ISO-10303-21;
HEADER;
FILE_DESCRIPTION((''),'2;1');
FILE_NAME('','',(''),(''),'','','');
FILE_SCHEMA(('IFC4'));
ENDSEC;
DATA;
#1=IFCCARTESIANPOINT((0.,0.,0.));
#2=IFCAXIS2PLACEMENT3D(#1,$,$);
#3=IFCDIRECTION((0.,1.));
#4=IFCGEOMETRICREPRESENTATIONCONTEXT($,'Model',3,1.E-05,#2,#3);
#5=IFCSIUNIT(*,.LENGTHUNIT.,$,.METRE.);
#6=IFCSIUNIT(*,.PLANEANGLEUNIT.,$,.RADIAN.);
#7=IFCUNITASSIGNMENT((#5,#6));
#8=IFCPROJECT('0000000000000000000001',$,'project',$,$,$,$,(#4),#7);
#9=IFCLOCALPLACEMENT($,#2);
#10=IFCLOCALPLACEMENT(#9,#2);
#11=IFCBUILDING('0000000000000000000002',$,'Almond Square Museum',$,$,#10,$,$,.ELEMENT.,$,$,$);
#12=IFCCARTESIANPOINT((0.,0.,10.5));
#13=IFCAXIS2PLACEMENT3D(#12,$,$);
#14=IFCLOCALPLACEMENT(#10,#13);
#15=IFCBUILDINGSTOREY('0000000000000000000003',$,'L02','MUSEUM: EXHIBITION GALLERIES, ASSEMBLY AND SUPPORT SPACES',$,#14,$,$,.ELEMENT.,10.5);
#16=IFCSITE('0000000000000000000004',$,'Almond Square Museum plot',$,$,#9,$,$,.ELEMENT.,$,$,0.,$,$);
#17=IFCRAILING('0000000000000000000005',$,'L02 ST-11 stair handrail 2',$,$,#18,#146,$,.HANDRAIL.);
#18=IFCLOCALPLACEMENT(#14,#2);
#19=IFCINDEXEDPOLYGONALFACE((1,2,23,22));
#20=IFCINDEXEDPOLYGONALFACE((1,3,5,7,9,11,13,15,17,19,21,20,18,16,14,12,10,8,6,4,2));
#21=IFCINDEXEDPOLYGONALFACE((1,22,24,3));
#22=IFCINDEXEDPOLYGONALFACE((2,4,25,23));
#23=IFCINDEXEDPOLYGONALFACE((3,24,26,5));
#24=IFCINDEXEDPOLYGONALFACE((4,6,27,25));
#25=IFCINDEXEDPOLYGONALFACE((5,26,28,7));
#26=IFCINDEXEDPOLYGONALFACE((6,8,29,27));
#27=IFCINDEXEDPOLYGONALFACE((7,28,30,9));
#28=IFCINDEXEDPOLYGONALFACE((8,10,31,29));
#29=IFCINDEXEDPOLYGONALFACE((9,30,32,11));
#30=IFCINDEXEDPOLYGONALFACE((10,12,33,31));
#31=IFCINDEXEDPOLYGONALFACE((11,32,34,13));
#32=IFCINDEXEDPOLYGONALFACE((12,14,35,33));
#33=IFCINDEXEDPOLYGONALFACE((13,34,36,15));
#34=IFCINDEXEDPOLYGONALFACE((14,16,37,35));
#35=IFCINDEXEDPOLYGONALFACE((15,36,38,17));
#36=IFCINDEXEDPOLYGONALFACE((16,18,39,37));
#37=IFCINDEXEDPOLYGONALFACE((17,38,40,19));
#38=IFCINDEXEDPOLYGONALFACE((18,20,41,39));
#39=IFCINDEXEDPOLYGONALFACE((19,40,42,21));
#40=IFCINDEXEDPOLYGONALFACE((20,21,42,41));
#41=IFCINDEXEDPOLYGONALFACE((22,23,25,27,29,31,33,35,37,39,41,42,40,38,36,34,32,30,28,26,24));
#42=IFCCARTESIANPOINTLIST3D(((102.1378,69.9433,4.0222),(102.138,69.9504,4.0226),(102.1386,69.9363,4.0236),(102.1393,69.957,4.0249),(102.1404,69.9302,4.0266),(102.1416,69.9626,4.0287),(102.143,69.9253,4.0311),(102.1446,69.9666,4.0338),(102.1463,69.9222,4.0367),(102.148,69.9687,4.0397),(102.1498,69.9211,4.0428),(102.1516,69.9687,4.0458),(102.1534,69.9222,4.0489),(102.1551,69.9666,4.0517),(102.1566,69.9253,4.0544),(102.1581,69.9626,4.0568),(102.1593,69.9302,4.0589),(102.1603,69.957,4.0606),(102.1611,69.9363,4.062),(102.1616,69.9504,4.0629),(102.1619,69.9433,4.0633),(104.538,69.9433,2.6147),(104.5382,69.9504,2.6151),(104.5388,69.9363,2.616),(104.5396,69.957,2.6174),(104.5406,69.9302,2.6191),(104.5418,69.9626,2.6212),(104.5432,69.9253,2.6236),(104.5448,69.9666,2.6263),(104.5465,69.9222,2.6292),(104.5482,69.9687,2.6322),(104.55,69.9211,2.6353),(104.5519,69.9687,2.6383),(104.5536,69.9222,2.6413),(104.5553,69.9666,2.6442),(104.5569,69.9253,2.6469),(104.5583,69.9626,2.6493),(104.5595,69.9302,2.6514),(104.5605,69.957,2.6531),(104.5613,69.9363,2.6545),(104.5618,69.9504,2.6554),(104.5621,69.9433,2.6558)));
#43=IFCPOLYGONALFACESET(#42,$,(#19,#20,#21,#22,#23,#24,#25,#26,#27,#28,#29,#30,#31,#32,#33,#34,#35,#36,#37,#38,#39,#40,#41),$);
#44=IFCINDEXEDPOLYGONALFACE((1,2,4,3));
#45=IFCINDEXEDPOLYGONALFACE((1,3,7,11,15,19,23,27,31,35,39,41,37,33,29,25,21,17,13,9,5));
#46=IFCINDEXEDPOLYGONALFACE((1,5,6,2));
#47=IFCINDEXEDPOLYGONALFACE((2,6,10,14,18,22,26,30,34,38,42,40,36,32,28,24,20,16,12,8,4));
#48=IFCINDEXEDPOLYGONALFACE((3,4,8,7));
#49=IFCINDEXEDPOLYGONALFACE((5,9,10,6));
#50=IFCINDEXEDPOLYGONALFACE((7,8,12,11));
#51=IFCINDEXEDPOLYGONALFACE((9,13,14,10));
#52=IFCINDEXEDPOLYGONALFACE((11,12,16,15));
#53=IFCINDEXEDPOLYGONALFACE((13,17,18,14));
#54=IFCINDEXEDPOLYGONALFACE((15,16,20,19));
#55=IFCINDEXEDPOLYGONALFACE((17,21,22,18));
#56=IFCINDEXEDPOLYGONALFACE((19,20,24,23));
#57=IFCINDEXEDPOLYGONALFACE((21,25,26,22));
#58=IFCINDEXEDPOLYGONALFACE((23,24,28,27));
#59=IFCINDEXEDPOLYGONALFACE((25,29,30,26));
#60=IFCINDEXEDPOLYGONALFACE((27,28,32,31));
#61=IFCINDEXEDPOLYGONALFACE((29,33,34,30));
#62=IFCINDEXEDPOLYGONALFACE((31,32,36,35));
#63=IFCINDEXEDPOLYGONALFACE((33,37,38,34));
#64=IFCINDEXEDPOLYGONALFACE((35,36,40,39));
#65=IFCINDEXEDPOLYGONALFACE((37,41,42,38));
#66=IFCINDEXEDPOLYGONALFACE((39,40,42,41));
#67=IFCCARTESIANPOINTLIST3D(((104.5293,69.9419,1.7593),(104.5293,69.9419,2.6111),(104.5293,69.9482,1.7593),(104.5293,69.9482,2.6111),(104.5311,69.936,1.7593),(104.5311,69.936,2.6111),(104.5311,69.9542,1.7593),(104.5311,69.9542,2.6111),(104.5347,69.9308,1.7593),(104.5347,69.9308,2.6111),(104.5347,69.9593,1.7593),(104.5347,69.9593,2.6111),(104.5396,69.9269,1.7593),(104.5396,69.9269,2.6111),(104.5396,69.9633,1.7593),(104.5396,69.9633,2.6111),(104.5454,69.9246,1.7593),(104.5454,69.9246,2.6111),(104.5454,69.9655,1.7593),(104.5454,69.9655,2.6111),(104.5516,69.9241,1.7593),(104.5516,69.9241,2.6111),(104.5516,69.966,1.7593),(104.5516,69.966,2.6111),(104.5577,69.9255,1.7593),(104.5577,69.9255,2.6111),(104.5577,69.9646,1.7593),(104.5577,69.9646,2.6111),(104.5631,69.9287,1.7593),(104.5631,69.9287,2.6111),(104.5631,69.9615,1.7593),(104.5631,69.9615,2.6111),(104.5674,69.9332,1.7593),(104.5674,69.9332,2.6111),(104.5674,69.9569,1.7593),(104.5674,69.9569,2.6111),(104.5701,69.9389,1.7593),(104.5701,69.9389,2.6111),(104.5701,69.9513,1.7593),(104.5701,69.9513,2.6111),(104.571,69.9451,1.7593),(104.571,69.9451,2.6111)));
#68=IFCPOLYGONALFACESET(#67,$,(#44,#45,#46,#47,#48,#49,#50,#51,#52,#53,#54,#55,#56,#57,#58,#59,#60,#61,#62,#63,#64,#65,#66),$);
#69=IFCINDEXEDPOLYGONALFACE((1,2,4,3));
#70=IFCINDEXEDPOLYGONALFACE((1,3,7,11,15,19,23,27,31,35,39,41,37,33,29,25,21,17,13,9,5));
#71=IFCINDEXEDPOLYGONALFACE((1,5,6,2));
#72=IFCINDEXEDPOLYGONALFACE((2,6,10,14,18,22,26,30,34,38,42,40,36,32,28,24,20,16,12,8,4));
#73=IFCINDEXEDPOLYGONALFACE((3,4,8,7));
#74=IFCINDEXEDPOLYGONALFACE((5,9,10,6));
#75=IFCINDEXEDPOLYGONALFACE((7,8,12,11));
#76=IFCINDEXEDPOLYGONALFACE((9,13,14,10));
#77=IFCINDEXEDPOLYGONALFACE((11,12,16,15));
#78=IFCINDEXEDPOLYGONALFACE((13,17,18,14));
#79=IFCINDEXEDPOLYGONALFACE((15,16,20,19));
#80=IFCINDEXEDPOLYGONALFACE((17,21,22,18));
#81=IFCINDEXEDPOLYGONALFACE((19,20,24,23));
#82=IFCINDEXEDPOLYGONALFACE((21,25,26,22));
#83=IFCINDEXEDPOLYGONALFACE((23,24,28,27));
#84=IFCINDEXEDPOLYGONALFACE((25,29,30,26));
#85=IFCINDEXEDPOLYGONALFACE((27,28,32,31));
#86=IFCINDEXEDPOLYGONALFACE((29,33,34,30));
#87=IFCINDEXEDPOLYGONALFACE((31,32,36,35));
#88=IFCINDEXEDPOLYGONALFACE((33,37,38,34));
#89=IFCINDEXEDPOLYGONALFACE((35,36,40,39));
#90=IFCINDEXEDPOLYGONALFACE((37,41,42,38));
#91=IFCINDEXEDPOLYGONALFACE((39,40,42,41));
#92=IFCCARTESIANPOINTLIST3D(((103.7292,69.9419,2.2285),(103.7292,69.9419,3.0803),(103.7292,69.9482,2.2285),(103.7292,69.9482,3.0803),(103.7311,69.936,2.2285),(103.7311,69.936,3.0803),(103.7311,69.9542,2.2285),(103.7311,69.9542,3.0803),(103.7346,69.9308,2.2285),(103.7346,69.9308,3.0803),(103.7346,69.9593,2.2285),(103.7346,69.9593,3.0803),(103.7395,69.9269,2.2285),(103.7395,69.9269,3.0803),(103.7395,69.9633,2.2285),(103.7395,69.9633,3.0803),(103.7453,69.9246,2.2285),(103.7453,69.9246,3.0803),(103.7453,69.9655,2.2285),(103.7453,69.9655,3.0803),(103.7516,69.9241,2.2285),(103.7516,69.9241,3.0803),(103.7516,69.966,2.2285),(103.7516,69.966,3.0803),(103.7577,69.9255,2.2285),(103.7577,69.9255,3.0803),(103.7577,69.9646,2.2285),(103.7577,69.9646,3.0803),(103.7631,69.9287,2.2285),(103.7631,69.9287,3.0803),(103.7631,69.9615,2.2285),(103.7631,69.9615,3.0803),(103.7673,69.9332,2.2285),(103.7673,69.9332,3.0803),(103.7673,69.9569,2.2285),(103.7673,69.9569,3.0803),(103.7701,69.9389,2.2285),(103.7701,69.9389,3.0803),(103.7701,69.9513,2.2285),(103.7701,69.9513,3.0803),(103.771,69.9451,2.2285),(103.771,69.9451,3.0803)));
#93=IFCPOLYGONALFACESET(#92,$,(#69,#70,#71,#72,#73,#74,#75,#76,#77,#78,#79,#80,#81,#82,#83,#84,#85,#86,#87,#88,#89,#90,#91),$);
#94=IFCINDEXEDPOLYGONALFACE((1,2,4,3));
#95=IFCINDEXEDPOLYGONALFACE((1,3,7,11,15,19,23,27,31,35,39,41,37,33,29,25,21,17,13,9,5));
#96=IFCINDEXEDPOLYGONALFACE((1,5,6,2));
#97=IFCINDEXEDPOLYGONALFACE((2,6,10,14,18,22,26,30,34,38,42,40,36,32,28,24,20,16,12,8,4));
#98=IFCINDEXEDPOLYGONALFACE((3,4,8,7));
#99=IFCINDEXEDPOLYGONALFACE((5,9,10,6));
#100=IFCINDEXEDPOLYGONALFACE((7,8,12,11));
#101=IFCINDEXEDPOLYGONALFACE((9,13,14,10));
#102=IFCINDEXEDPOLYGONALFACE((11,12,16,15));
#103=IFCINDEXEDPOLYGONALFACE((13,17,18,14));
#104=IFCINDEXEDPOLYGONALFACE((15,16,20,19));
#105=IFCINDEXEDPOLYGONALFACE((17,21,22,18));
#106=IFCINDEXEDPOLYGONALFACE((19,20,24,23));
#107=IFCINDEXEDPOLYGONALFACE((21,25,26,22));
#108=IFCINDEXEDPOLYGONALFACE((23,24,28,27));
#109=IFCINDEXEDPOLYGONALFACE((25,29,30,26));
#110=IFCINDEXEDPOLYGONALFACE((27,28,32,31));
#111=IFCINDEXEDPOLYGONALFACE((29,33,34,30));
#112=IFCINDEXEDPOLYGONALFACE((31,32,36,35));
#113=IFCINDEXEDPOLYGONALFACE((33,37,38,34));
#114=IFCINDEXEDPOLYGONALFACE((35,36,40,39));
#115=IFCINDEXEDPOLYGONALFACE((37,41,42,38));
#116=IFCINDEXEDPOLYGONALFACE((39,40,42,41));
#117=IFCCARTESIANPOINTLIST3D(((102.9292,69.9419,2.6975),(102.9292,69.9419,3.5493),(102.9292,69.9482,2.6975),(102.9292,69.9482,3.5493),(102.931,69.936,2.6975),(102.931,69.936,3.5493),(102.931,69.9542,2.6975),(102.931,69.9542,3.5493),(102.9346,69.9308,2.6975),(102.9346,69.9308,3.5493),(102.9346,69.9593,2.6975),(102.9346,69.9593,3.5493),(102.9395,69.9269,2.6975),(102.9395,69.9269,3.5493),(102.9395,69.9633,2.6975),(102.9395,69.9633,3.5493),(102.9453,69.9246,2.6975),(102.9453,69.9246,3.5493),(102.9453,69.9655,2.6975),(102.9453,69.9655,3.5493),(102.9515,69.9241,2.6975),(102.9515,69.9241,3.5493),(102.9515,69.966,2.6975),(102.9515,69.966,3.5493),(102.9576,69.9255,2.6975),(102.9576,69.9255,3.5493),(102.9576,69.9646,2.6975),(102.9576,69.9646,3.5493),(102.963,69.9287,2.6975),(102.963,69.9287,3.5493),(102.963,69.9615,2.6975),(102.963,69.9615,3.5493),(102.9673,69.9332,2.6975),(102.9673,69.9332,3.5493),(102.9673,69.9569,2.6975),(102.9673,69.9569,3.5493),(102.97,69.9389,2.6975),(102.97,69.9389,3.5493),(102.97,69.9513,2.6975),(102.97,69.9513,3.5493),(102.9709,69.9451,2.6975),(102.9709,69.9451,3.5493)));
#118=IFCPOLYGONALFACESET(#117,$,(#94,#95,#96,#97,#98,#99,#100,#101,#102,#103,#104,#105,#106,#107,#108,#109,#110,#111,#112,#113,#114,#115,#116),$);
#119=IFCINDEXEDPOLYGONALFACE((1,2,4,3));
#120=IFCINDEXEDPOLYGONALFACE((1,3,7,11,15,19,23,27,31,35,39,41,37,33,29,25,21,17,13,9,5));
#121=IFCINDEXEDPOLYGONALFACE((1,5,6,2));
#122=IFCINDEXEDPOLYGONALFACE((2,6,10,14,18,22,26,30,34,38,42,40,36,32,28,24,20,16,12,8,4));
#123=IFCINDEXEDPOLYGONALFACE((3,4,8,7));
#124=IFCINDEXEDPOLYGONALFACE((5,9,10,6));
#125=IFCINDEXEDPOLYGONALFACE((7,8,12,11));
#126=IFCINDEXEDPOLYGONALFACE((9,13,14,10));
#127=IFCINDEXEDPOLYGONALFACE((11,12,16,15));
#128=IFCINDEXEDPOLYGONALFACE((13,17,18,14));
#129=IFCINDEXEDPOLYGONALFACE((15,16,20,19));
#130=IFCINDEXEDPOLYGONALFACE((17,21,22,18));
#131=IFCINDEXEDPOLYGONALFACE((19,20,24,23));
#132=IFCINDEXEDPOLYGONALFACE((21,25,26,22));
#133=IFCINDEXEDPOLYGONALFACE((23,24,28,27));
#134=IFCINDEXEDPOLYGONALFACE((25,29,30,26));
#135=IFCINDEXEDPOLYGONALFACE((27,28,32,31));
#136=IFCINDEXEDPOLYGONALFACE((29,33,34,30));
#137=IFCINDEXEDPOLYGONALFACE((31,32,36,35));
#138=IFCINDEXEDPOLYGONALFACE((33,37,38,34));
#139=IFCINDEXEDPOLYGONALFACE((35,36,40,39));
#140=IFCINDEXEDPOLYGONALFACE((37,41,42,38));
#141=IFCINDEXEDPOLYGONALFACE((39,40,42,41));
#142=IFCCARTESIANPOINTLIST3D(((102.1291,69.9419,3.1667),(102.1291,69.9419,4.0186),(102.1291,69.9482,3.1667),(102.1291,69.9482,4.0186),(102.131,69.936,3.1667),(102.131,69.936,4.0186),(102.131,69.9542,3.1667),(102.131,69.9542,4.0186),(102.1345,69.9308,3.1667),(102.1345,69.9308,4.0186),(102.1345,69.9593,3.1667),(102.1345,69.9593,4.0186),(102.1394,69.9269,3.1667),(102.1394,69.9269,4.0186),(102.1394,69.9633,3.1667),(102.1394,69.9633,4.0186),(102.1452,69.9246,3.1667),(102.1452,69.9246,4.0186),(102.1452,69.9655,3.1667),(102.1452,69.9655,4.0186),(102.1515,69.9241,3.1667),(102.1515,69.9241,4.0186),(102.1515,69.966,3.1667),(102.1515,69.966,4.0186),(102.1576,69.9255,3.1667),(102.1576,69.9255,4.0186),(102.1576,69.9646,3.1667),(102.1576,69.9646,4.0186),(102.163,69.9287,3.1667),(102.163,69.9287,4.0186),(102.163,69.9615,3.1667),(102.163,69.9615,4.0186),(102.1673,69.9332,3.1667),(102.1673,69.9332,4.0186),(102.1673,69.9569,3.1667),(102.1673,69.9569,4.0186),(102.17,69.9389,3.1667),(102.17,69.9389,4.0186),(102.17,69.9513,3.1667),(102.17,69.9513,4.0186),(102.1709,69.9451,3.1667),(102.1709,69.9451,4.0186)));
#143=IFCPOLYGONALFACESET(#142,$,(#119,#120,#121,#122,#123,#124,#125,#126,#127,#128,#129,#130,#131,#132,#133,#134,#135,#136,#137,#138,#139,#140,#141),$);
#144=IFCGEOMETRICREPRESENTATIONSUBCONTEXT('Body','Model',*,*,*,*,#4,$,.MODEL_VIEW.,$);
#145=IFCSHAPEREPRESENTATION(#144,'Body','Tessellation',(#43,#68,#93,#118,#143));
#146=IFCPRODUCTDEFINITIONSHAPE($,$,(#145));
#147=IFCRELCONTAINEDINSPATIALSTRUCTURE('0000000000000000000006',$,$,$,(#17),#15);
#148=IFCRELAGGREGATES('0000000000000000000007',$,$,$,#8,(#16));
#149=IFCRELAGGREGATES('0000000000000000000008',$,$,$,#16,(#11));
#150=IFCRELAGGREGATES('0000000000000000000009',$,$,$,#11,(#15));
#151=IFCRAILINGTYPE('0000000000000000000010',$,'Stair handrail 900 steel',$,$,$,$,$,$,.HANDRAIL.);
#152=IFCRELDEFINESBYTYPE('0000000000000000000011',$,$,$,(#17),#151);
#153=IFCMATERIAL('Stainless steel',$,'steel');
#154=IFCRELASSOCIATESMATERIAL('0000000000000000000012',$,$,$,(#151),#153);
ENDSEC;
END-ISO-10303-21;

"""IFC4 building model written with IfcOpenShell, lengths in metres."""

from ifc_helpers import new_model, si_unit, direction, frame, origin, origin_2d, place, context, subcontext, project, spatial, circle, extrude, material, type_object, element, save


model = new_model("IFC4")

# Units and contexts
model_context = context("Model", 3, precision=1e-05, world=origin(), true_north=direction((0.0, 1.0)))
body_context = subcontext(model_context, "Body", "Model", "MODEL_VIEW")
ifc_project = project(units=[si_unit("LENGTHUNIT", "METRE"), si_unit("PLANEANGLEUNIT", "RADIAN")], contexts=[model_context])

# Site, building, storey
site_placement = place(None, origin())
site = spatial("IfcSite", under=ifc_project, at=site_placement, Name="Almond Square Museum plot", CompositionType="ELEMENT", RefElevation=0.0)
building_placement = place(site_placement, origin())
building = spatial("IfcBuilding", under=site, at=building_placement, Name="Almond Square Museum", CompositionType="ELEMENT")
storey_placement = place(building_placement, frame((0.0, 0.0, 10.5)))
storey = spatial("IfcBuildingStorey", under=building, at=storey_placement, Name="L02", Description="MUSEUM: EXHIBITION GALLERIES, ASSEMBLY AND SUPPORT SPACES", CompositionType="ELEMENT", Elevation=10.5)

# Railing
ifc_material_1 = material(Name="Stainless steel", Category="steel")
railing_type_1 = type_object("IfcRailingType", Name="Stair handrail 900 steel", PredefinedType="HANDRAIL", material=ifc_material_1)
railing_1_placement = place(storey_placement, frame((104.55, 69.9451, 1.7593)))
element("IfcRailing", 1, at=railing_1_placement, inside=storey, type_object=railing_type_1, Name="L02 ST-11 stair handrail 2", PredefinedType="HANDRAIL", context=body_context, shape_type="SweptSolid", body=[
    extrude(circle(Radius=0.0239, at=origin_2d()), frame((0.0, 0.0, 0.876), z_axis=(-0.862621, 0.0, 0.50585), x_axis=(0.0, -1.0, 0.0)), (0.0, 0.0, 1.0), 2.7825),
    extrude(circle(Radius=0.021, at=origin_2d()), origin(), (0.0, 0.0, 1.0), 0.8518),
    extrude(circle(Radius=0.021, at=origin_2d()), frame((-0.8, 0.0, 0.4692)), (0.0, 0.0, 1.0), 0.8518),
    extrude(circle(Radius=0.021, at=origin_2d()), frame((-1.6001, 0.0, 0.9382)), (0.0, 0.0, 1.0), 0.8518),
    extrude(circle(Radius=0.021, at=origin_2d()), frame((-2.4001, 0.0, 1.4075)), (0.0, 0.0, 1.0), 0.8518),
])

save(model, "model.ifc")
